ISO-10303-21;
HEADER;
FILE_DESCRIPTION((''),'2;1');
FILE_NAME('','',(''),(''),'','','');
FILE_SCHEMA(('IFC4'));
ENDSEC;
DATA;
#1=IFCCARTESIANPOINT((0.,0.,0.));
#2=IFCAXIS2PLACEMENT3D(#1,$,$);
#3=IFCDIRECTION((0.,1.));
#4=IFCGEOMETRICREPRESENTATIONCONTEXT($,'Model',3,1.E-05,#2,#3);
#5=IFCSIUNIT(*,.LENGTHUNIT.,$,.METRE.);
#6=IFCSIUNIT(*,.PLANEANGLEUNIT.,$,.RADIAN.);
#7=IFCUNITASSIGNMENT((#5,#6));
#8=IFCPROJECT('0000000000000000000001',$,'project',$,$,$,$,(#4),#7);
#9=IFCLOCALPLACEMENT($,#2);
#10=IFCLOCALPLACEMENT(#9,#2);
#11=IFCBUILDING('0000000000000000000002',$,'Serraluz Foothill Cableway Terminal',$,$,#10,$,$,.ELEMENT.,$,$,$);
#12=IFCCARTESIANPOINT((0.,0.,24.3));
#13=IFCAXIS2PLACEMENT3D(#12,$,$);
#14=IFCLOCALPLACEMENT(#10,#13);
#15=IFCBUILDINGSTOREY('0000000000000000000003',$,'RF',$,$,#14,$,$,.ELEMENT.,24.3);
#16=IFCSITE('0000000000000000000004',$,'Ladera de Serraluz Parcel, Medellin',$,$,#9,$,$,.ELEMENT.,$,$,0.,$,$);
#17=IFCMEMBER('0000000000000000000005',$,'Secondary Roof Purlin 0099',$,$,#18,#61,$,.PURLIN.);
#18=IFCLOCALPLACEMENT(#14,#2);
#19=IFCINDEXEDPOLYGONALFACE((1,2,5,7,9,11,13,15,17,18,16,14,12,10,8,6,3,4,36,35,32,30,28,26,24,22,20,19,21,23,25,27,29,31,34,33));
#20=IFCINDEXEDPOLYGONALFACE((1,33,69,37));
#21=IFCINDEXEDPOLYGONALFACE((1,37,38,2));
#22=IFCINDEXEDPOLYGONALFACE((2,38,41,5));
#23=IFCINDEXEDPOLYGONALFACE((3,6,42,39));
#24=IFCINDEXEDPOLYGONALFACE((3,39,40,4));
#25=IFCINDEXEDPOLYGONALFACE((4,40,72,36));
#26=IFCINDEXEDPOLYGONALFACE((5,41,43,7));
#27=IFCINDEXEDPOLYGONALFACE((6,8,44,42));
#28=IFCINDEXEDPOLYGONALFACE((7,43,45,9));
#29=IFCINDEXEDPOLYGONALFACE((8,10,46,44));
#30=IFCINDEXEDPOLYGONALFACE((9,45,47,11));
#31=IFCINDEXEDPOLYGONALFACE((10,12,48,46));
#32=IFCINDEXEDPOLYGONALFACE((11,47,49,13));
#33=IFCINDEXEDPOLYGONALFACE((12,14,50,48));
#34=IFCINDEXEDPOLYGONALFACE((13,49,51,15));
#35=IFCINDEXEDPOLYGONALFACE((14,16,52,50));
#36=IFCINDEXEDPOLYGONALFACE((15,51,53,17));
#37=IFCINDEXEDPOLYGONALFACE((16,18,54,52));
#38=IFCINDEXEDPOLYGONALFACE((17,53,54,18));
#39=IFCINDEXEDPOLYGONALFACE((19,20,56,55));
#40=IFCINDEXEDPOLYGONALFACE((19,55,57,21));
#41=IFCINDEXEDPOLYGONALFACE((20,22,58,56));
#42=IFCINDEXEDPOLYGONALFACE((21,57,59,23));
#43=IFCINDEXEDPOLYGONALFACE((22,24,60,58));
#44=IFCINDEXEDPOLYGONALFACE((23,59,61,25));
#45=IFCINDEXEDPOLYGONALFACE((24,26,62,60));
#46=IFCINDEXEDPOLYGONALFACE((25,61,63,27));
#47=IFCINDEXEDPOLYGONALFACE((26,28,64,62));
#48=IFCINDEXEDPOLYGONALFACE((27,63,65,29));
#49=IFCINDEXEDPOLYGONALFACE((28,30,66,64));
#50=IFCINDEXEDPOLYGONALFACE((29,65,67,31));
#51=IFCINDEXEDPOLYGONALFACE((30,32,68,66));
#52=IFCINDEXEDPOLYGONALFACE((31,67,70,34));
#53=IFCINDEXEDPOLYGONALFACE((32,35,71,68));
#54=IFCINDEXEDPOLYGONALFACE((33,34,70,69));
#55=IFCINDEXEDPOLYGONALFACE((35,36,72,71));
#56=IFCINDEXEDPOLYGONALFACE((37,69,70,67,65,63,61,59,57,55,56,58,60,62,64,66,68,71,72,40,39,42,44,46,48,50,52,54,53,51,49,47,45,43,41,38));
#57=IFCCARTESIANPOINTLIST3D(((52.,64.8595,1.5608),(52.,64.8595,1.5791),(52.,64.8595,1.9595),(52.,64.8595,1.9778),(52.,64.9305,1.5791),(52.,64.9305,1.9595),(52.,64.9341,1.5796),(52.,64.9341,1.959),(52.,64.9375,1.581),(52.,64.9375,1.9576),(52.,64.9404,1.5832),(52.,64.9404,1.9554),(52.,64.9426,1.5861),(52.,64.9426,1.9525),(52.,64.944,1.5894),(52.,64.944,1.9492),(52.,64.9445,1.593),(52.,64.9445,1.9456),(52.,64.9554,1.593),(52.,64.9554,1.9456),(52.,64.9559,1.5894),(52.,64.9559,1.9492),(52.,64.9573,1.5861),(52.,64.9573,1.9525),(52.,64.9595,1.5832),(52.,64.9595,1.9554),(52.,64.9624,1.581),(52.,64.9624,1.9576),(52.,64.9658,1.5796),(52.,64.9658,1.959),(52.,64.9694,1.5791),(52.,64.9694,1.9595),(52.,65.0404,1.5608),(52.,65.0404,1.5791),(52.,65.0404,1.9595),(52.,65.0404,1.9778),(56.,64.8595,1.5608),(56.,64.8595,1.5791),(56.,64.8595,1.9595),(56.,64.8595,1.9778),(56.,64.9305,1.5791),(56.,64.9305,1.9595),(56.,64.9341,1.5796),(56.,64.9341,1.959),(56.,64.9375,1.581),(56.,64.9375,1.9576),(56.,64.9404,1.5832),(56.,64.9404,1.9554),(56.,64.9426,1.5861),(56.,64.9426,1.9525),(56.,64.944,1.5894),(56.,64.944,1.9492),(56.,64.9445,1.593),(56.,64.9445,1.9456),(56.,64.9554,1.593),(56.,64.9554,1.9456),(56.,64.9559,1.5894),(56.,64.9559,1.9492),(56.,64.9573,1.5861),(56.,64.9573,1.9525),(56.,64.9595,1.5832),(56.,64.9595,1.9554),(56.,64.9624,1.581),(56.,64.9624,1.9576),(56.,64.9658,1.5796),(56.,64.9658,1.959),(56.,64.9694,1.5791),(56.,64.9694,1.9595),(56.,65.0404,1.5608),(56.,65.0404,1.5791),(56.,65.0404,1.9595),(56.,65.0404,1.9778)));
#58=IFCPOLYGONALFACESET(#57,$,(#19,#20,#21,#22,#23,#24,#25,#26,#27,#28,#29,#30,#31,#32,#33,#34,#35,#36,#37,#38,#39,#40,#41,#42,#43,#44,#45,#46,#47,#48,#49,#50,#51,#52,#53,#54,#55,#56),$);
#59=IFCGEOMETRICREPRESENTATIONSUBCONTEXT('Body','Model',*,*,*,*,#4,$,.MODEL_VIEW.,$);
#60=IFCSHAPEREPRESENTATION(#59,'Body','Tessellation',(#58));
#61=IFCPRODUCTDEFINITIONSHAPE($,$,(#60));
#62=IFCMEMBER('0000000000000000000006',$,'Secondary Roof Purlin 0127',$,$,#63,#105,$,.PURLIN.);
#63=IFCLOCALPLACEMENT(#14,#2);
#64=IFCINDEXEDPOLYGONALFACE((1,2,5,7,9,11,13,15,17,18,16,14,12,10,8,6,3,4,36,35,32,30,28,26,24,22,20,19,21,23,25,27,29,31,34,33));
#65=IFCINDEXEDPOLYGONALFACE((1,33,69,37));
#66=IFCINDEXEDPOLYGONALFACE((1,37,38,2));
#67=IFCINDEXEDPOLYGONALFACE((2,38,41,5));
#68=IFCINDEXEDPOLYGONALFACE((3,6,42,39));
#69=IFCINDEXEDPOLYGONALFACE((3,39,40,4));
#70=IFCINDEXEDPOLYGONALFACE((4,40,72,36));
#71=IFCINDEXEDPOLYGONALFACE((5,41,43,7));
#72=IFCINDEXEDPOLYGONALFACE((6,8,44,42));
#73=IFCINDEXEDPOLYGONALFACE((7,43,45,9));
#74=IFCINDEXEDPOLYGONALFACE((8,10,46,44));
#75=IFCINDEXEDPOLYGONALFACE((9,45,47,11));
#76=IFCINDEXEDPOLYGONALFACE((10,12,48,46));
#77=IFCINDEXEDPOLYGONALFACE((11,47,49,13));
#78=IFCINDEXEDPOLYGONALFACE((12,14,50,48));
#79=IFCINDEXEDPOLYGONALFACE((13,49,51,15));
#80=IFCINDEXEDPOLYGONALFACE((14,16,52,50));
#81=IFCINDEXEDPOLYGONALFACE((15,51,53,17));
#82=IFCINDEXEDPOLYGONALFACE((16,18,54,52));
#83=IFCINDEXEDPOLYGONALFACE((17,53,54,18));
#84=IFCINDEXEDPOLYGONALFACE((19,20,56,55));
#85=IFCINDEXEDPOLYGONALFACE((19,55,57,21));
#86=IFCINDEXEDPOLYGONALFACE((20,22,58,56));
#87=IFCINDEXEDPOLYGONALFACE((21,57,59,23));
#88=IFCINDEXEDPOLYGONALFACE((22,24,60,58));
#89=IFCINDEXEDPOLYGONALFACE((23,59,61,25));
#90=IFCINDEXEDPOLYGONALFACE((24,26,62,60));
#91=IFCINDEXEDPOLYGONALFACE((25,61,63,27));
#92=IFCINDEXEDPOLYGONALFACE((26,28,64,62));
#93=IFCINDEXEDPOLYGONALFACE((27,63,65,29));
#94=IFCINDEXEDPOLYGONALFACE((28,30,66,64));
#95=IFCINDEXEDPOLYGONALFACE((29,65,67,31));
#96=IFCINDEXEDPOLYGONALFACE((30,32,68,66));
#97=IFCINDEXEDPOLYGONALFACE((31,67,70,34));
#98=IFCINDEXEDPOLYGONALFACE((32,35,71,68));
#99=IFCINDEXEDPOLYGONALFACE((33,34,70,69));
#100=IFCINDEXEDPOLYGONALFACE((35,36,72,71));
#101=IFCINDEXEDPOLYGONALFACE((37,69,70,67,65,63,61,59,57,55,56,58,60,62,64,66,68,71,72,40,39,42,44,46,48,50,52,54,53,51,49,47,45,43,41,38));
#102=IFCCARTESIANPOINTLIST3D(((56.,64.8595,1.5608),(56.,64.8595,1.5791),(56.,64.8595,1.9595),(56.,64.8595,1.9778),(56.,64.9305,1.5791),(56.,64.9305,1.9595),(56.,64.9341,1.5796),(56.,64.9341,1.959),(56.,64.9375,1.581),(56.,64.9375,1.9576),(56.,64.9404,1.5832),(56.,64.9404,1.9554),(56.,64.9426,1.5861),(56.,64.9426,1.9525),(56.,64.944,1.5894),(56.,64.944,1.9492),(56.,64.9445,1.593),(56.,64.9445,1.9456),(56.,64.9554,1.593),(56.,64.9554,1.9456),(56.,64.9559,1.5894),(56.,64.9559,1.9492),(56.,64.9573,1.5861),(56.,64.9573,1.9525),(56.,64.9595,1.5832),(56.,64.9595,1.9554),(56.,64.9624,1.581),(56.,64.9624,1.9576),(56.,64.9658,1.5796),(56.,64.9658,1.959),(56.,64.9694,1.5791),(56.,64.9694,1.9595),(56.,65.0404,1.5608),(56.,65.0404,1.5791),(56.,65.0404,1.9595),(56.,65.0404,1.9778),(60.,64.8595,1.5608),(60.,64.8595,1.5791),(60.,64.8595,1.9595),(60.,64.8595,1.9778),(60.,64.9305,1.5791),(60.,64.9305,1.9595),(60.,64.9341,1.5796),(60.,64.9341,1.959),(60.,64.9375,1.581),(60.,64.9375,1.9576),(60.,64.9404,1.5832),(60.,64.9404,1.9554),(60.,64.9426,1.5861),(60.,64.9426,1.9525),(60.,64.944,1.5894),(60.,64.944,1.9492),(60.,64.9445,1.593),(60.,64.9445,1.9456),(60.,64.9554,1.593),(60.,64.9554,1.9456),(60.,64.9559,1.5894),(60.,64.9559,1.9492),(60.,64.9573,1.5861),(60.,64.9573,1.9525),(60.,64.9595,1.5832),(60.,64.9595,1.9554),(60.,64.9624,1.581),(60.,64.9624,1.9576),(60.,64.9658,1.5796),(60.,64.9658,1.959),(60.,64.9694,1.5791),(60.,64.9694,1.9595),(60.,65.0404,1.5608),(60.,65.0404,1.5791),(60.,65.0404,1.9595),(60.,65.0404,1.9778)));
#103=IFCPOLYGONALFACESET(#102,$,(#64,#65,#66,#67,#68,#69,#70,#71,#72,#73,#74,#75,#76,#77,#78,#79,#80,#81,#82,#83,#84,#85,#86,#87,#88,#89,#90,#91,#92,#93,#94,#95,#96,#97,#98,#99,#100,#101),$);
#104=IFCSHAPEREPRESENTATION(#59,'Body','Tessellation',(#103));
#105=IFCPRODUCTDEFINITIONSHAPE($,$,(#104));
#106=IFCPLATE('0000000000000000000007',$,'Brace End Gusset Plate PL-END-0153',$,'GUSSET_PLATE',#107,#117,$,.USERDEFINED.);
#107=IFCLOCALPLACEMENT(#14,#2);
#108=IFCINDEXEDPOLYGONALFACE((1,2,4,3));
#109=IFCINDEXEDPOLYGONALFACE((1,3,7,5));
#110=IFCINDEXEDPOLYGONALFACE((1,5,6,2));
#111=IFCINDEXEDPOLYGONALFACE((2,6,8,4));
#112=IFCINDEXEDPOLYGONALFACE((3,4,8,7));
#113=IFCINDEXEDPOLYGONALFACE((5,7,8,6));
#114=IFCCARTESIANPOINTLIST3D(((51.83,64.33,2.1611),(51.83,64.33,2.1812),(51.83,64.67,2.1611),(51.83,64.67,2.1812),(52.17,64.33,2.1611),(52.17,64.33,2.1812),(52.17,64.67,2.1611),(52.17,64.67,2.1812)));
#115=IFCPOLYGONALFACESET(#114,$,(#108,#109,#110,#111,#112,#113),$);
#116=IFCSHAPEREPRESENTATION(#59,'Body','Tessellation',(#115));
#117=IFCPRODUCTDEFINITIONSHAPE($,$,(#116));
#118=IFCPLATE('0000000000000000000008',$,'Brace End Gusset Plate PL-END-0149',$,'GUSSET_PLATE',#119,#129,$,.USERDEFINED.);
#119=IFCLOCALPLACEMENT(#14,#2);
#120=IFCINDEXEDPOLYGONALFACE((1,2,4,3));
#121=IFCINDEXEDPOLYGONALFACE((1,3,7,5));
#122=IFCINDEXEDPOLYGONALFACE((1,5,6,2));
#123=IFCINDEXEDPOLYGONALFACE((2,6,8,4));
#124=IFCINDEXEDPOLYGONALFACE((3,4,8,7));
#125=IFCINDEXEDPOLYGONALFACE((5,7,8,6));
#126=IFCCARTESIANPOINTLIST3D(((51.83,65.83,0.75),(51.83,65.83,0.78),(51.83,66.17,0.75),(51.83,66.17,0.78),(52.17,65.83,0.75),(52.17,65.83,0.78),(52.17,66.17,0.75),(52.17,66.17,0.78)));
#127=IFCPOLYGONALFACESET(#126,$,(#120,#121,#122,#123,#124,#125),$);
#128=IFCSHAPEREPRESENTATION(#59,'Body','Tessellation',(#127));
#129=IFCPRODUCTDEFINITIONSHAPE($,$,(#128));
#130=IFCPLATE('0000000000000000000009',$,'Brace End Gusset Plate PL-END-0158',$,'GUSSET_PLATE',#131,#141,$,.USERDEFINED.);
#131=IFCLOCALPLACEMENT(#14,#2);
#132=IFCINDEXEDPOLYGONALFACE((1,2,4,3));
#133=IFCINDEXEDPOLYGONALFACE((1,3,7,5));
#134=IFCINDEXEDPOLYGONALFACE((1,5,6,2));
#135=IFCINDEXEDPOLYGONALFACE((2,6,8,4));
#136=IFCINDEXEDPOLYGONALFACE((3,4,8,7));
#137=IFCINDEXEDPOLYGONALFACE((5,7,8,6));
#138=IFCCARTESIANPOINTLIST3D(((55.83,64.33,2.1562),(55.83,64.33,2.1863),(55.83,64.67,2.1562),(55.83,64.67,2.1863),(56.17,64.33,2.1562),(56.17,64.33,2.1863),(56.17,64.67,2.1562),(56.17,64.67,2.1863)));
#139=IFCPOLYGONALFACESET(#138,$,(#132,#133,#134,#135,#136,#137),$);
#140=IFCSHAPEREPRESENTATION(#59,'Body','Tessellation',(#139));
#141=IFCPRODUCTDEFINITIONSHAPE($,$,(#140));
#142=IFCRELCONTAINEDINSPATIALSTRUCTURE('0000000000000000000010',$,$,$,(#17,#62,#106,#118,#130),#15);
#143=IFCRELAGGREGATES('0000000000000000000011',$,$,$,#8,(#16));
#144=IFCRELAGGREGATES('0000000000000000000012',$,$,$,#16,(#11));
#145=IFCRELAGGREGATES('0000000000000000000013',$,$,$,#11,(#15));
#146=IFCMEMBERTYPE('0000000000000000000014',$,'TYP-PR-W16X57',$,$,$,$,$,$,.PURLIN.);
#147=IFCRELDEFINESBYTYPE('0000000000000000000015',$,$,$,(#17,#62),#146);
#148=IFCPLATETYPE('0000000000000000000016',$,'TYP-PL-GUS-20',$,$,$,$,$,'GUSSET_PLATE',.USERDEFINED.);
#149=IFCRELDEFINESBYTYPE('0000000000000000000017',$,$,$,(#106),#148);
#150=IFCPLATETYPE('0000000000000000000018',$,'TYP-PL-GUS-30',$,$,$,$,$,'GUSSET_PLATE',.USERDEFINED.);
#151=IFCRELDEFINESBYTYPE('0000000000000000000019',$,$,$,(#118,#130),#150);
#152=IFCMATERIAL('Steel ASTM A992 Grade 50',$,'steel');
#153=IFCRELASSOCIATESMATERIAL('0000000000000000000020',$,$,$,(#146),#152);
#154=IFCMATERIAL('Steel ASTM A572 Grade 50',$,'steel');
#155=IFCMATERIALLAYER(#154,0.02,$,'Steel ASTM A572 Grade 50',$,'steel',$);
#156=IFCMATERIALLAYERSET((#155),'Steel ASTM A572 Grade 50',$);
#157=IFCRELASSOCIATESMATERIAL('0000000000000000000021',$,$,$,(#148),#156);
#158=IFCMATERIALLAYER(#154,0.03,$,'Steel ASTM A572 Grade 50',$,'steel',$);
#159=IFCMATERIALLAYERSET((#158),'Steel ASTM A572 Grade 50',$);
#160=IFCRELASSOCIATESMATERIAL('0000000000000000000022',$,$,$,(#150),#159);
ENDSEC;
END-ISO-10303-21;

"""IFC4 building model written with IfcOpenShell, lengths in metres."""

from ifc_helpers import new_model, si_unit, direction, frame, origin, origin_2d, place, context, subcontext, project, spatial, rectangle, i_section, extrude, material, layer, layer_set, material_profile, profile_set, type_object, element, save


model = new_model("IFC4")

# Units and contexts
model_context = context("Model", 3, precision=1e-05, world=origin(), true_north=direction((0.0, 1.0)))
body_context = subcontext(model_context, "Body", "Model", "MODEL_VIEW")
ifc_project = project(units=[si_unit("LENGTHUNIT", "METRE"), si_unit("PLANEANGLEUNIT", "RADIAN")], contexts=[model_context])

# Site, building, storey
site_placement = place(None, origin())
site = spatial("IfcSite", under=ifc_project, at=site_placement, Name="Ladera de Serraluz Parcel, Medellin", CompositionType="ELEMENT", RefElevation=0.0)
building_placement = place(site_placement, origin())
building = spatial("IfcBuilding", under=site, at=building_placement, Name="Serraluz Foothill Cableway Terminal", CompositionType="ELEMENT")
storey_placement = place(building_placement, frame((0.0, 0.0, 24.3)))
storey = spatial("IfcBuildingStorey", under=building, at=storey_placement, Name="RF", CompositionType="ELEMENT", Elevation=24.3)

# Members
ifc_material_1 = material(Name="Steel ASTM A572 Grade 50", Category="steel")
ifc_material_2 = material(Name="Steel ASTM A992 Grade 50", Category="steel")
ifc_material_profile_1 = material_profile(ifc_material_2, i_section(OverallWidth=0.1809, OverallDepth=0.417, WebThickness=0.011, FlangeThickness=0.0183, FilletRadius=0.0139, at=origin_2d()), Name="W16X57")
ifc_profile_set_1 = profile_set([ifc_material_profile_1], Name="Steel ASTM A992 Grade 50")
member_type_1 = type_object("IfcMemberType", Name="TYP-PR-W16X57", PredefinedType="PURLIN", material=ifc_profile_set_1)
for number, where, z_axis, x_axis, name in (
    (1, (52.0, 64.95, 1.7693), (1.0, 0.0, 0.0), (0.0, 1.0, 0.0), "Secondary Roof Purlin 0099"),
    (2, (56.0, 64.95, 1.7693), (1.0, 0.0, 0.0), (0.0, 1.0, 0.0), "Secondary Roof Purlin 0127"),
):
    element("IfcMember", number, at=place(storey_placement, frame(where, z_axis=z_axis, x_axis=x_axis)), inside=storey, type_object=member_type_1, Name=name, PredefinedType="PURLIN", context=body_context, shape_type="SweptSolid", body=[
        extrude(i_section(OverallWidth=0.1809, OverallDepth=0.417, WebThickness=0.011, FlangeThickness=0.0183, FilletRadius=0.0139, at=origin_2d()), origin(), (0.0, 0.0, 1.0), 4.0),
    ])

# Plates
ifc_layer_1 = layer(ifc_material_1, 0.02, Name="Steel ASTM A572 Grade 50", Category="steel")
ifc_layer_set_1 = layer_set([ifc_layer_1], Name="Steel ASTM A572 Grade 50")
plate_type_1 = type_object("IfcPlateType", Name="TYP-PL-GUS-20", ElementType="GUSSET_PLATE", PredefinedType="USERDEFINED", material=ifc_layer_set_1)
plate_placement = place(storey_placement, frame((52.0, 64.5, 2.1611), z_axis=(0.0, 0.0, 1.0), x_axis=(1.0, 0.0, 0.0)))
element("IfcPlate", 3, at=plate_placement, inside=storey, type_object=plate_type_1, Name="Brace End Gusset Plate PL-END-0153", ObjectType="GUSSET_PLATE", PredefinedType="USERDEFINED", context=body_context, shape_type="SweptSolid", body=[
    extrude(rectangle(XDim=0.3401, YDim=0.3401, at=origin_2d()), origin(), (0.0, 0.0, 1.0), 0.02),
])
ifc_layer_2 = layer(ifc_material_1, 0.03, Name="Steel ASTM A572 Grade 50", Category="steel")
ifc_layer_set_2 = layer_set([ifc_layer_2], Name="Steel ASTM A572 Grade 50")
plate_type_2 = type_object("IfcPlateType", Name="TYP-PL-GUS-30", ElementType="GUSSET_PLATE", PredefinedType="USERDEFINED", material=ifc_layer_set_2)
for number, where, z_axis, x_axis, name in (
    (4, (52.0, 66.0, 0.75), (0.0, 0.0, 1.0), (1.0, 0.0, 0.0), "Brace End Gusset Plate PL-END-0149"),
    (5, (56.0, 64.5, 2.1562), (0.0, 0.0, 1.0), (1.0, 0.0, 0.0), "Brace End Gusset Plate PL-END-0158"),
):
    element("IfcPlate", number, at=place(storey_placement, frame(where, z_axis=z_axis, x_axis=x_axis)), inside=storey, type_object=plate_type_2, Name=name, ObjectType="GUSSET_PLATE", PredefinedType="USERDEFINED", context=body_context, shape_type="SweptSolid", body=[
        extrude(rectangle(XDim=0.3401, YDim=0.3401, at=origin_2d()), origin(), (0.0, 0.0, 1.0), 0.03),
    ])

save(model, "model.ifc")
